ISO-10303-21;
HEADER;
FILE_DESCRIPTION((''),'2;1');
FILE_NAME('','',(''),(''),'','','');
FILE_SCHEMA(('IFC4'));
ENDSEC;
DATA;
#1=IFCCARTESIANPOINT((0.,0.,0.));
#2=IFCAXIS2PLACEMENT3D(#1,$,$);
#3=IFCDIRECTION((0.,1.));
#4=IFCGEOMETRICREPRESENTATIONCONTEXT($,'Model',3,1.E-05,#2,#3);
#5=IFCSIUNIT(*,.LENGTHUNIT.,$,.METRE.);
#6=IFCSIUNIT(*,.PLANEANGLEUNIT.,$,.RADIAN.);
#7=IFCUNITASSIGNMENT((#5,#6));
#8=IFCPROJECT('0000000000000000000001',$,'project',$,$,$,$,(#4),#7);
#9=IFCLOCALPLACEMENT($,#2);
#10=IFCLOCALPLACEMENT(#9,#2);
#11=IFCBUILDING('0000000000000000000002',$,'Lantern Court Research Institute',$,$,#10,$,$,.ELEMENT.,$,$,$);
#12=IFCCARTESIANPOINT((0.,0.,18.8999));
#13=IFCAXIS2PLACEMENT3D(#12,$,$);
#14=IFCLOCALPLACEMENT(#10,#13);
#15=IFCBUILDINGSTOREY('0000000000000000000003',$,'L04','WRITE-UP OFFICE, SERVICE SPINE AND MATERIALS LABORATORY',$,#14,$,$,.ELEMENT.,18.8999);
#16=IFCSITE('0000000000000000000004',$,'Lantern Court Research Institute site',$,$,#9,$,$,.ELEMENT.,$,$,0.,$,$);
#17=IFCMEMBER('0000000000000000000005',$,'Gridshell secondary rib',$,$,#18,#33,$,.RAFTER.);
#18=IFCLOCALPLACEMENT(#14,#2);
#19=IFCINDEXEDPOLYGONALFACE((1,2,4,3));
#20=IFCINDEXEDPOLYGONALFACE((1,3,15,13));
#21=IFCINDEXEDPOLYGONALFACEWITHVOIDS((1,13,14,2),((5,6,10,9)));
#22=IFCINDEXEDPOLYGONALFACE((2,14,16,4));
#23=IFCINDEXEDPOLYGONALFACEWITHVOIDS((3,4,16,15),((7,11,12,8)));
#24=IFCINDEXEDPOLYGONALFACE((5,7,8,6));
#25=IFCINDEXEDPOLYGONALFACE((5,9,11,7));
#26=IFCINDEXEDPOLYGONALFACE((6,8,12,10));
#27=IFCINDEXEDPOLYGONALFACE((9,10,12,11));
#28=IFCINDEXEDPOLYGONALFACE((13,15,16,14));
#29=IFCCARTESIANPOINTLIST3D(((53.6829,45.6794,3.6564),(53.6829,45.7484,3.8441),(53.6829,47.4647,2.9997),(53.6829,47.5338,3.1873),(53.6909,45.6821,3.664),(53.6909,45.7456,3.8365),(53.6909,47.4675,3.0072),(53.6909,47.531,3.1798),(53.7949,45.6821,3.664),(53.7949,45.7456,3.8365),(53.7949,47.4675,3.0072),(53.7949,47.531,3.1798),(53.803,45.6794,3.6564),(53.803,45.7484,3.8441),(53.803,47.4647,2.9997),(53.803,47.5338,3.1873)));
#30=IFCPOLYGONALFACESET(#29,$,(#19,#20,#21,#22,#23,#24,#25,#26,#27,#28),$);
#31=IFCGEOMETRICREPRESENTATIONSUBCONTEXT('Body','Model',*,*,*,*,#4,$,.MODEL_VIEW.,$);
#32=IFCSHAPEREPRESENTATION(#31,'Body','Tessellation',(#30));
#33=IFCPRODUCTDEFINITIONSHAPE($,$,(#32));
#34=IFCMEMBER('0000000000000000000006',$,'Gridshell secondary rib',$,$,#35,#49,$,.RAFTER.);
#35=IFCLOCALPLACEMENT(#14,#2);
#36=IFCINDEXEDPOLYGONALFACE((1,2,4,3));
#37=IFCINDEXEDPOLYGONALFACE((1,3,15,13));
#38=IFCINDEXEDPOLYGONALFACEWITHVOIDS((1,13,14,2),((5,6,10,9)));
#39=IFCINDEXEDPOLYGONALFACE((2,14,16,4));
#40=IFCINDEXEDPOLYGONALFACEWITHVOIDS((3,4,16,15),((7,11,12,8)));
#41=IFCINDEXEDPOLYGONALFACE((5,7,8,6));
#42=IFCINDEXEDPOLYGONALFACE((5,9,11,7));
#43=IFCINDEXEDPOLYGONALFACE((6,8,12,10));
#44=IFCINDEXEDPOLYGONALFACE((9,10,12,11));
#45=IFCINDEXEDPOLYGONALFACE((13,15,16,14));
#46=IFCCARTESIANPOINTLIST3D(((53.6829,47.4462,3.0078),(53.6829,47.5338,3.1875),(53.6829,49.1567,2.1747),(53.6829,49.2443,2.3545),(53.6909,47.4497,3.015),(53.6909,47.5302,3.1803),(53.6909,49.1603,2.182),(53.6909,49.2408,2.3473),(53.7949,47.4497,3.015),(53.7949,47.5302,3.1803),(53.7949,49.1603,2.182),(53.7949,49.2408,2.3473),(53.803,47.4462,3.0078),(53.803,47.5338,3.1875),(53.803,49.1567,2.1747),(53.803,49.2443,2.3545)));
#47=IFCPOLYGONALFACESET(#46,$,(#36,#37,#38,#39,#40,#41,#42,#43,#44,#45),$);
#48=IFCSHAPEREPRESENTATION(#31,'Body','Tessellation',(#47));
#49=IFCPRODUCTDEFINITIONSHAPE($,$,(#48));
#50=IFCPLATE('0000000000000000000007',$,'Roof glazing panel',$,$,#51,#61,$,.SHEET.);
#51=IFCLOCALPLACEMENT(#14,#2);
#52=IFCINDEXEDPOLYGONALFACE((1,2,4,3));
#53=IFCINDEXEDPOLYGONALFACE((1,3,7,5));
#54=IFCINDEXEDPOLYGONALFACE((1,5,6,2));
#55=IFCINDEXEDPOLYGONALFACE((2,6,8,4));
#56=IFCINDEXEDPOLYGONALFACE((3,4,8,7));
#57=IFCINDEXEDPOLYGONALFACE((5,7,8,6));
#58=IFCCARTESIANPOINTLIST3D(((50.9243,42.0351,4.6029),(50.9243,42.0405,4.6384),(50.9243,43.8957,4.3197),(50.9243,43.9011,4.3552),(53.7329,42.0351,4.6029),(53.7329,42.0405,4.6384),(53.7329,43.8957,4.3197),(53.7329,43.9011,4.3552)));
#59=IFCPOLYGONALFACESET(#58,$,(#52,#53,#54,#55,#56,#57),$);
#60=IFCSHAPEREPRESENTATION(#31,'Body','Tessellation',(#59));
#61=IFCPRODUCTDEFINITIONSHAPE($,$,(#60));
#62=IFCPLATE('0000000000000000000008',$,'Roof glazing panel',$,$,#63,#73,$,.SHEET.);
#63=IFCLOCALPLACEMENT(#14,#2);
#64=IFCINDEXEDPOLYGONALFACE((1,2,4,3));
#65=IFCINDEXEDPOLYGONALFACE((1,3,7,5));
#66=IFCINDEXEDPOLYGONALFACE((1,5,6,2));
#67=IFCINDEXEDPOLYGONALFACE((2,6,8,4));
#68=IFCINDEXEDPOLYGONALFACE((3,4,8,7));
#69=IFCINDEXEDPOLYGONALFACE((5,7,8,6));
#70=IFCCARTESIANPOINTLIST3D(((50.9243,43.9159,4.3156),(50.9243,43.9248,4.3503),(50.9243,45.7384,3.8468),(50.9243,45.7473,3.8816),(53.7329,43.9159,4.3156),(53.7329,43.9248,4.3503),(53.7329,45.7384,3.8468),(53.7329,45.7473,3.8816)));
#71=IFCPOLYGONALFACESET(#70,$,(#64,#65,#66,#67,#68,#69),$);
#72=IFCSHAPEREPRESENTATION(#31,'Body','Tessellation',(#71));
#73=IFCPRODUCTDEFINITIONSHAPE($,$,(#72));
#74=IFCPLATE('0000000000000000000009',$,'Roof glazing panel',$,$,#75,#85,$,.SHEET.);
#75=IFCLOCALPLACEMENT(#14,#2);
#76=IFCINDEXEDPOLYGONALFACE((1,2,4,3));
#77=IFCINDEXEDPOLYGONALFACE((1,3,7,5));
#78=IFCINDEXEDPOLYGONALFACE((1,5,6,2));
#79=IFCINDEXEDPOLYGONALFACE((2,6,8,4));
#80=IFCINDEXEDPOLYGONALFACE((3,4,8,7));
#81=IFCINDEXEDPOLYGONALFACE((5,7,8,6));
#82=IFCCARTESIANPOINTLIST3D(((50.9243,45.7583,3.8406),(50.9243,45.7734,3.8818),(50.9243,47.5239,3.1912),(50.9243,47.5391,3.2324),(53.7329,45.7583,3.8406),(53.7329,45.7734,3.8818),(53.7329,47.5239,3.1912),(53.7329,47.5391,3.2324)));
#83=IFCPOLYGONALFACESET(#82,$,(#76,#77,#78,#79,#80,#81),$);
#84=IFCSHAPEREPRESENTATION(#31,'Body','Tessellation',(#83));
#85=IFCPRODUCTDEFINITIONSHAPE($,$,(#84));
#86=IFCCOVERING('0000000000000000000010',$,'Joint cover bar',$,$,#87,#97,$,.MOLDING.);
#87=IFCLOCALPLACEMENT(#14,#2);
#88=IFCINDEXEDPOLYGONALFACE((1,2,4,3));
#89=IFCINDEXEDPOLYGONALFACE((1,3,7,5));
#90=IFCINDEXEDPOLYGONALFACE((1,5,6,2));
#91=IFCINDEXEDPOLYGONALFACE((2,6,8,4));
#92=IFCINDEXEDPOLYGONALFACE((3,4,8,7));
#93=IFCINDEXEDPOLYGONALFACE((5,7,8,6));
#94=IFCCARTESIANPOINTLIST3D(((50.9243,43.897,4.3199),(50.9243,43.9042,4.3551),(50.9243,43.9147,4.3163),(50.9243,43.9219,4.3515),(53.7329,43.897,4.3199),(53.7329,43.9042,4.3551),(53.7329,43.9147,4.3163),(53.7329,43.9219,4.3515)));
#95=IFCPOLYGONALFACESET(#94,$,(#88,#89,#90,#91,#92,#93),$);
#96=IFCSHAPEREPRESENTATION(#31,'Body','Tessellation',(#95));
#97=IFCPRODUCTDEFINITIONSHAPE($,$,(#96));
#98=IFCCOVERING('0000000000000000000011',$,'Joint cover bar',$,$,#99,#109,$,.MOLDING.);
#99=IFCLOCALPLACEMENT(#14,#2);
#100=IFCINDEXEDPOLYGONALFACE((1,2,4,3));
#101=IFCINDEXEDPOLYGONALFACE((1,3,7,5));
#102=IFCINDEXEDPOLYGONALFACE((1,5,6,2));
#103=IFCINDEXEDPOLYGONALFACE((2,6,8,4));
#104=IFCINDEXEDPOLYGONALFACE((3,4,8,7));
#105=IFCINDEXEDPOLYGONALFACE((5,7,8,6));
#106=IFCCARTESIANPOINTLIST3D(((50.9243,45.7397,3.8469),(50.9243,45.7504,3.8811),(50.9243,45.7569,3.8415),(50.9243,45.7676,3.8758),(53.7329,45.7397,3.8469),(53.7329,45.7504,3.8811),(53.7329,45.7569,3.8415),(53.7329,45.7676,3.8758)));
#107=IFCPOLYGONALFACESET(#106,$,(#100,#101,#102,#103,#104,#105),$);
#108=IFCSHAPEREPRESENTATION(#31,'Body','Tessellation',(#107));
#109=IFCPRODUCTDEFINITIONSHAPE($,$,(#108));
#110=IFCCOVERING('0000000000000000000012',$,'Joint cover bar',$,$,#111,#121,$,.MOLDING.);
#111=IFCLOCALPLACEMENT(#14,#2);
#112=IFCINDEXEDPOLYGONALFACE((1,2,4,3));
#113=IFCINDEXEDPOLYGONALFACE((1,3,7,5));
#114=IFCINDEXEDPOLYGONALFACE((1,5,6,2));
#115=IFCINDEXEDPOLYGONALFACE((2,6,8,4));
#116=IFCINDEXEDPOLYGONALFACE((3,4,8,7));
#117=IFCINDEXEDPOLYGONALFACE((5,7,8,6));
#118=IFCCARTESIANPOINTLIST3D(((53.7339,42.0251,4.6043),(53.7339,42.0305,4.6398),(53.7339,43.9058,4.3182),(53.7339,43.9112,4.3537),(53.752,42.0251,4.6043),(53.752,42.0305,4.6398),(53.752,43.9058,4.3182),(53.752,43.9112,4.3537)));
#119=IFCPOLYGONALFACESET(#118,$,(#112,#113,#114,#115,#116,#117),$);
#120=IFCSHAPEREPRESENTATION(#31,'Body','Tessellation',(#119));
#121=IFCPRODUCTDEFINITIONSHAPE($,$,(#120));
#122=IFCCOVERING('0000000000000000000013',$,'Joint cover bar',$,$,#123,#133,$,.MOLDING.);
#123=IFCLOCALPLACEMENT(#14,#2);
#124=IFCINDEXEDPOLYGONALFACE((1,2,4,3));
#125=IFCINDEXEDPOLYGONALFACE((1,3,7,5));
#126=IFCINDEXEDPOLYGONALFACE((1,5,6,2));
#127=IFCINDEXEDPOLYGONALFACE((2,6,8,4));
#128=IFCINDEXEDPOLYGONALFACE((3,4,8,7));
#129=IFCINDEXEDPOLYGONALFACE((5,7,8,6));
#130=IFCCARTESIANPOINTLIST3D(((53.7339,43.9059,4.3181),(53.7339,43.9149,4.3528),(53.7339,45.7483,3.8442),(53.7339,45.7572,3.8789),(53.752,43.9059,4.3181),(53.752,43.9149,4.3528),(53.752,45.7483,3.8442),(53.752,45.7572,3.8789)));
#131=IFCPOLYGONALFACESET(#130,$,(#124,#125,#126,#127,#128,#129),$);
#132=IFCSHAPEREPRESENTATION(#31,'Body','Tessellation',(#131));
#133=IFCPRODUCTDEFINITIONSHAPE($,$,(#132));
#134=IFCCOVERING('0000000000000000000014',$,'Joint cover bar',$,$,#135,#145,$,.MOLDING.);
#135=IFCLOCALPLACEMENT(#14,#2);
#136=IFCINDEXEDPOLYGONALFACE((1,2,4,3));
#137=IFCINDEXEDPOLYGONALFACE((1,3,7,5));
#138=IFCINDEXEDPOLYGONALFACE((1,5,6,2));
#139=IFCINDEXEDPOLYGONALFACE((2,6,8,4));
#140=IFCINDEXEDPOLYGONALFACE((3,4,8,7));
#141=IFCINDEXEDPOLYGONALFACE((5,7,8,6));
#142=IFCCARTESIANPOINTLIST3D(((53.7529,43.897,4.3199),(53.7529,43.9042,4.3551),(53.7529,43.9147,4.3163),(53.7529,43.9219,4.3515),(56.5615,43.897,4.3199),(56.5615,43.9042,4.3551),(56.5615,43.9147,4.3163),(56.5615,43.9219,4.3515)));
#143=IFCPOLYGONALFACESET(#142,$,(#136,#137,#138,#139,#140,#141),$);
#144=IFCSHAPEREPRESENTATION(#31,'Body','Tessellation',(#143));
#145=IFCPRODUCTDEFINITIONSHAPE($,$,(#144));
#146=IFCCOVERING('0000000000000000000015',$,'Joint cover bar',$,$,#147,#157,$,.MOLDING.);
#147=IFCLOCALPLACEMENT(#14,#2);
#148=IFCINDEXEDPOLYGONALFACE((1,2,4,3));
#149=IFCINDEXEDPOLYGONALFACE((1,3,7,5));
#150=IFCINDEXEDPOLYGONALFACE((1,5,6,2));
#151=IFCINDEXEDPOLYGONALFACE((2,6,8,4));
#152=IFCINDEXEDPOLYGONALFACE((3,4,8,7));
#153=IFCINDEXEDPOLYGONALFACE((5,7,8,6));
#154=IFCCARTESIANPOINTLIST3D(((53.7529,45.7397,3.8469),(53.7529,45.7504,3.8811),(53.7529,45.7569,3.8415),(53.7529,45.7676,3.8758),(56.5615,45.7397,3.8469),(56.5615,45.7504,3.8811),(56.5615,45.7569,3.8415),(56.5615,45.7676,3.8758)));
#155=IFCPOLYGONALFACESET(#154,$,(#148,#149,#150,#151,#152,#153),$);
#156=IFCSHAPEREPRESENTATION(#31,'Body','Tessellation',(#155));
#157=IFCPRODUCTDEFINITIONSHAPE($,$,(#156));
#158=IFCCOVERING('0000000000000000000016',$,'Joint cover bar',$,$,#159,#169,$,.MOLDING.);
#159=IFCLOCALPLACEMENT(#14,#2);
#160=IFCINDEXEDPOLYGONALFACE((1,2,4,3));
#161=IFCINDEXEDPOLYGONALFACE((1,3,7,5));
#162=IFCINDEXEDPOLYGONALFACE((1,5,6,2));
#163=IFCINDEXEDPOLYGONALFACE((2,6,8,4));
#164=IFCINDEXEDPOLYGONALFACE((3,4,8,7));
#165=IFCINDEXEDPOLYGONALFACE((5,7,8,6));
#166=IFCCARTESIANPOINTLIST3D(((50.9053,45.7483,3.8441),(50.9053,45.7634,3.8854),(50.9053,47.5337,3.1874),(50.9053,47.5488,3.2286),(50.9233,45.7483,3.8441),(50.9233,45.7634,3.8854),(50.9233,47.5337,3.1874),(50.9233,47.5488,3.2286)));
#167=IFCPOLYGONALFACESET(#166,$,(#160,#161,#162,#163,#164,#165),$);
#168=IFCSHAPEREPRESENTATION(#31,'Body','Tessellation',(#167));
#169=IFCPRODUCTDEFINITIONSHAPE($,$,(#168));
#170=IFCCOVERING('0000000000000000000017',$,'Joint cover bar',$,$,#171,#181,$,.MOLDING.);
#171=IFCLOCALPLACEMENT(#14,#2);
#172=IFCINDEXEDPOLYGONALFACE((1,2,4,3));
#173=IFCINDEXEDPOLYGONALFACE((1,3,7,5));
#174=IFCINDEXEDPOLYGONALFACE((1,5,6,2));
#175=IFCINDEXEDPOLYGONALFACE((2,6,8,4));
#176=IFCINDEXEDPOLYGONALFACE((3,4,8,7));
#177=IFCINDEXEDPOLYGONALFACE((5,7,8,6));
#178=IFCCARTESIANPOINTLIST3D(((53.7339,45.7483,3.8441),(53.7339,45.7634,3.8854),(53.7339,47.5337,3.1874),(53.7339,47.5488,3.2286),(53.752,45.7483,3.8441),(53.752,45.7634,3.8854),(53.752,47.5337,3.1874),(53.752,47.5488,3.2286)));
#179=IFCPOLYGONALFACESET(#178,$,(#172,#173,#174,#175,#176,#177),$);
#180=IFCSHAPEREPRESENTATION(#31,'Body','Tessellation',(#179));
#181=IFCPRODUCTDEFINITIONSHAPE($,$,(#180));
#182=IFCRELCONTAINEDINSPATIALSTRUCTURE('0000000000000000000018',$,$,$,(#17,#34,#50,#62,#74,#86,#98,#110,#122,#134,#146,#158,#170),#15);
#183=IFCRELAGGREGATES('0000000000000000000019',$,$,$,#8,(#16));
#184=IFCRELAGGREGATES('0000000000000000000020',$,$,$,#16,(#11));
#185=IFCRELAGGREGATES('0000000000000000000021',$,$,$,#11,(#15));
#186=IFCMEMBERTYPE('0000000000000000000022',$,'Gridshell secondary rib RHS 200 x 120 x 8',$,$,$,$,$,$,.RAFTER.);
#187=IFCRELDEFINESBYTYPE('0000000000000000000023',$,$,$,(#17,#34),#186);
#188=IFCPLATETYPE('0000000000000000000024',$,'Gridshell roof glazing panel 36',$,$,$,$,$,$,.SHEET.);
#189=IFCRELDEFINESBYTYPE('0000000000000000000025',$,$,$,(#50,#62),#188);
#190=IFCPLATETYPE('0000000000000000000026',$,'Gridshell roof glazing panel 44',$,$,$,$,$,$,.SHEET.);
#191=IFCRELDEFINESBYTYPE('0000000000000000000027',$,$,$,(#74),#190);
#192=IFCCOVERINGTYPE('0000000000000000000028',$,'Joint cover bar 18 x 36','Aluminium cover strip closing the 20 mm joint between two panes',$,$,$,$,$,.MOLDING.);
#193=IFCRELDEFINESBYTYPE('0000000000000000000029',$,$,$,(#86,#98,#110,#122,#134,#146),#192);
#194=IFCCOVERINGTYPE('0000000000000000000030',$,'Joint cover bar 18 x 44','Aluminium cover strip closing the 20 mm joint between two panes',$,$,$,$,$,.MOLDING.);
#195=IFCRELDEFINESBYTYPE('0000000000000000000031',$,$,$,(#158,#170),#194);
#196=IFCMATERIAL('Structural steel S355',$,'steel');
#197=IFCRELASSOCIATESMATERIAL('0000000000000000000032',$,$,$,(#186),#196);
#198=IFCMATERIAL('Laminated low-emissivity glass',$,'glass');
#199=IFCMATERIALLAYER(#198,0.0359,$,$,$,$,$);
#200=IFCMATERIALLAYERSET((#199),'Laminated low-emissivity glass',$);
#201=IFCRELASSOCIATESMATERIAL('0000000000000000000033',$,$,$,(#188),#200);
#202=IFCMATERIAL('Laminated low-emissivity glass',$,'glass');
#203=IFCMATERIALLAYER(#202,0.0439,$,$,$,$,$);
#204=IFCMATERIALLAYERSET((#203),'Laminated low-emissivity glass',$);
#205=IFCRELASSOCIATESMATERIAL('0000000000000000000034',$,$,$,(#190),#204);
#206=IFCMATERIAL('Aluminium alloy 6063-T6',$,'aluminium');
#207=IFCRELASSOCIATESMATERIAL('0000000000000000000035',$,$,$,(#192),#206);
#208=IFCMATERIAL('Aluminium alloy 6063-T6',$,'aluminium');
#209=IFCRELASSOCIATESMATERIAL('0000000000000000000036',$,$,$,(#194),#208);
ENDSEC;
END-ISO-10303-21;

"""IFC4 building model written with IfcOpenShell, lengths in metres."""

from ifc_helpers import new_model, si_unit, direction, frame, origin, origin_2d, place, context, subcontext, project, spatial, polyline, rectangle, hollow_rectangle, outline, extrude, material, layer, layer_set, material_profile, profile_set, type_object, element, save


model = new_model("IFC4")

# Units and contexts
model_context = context("Model", 3, precision=1e-05, world=origin(), true_north=direction((0.0, 1.0)))
body_context = subcontext(model_context, "Body", "Model", "MODEL_VIEW")
ifc_project = project(units=[si_unit("LENGTHUNIT", "METRE"), si_unit("PLANEANGLEUNIT", "RADIAN")], contexts=[model_context])

# Site, building, storey
site_placement = place(None, origin())
site = spatial("IfcSite", under=ifc_project, at=site_placement, Name="Lantern Court Research Institute site", CompositionType="ELEMENT", RefElevation=0.0)
building_placement = place(site_placement, origin())
building = spatial("IfcBuilding", under=site, at=building_placement, Name="Lantern Court Research Institute", CompositionType="ELEMENT")
storey_placement = place(building_placement, frame((0.0, 0.0, 18.8999)))
storey = spatial("IfcBuildingStorey", under=building, at=storey_placement, Name="L04", Description="WRITE-UP OFFICE, SERVICE SPINE AND MATERIALS LABORATORY", CompositionType="ELEMENT", Elevation=18.8999)

# Members
ifc_material_1 = material(Name="Structural steel S355", Category="steel")
ifc_material_profile_1 = material_profile(ifc_material_1, hollow_rectangle(XDim=0.1201, YDim=0.2, WallThickness=0.0081, at=origin_2d()), Name="Gridshell secondary rib RHS 200 x 120 x 8")
ifc_profile_set_1 = profile_set([ifc_material_profile_1], Name="Structural steel S355")
member_type_1 = type_object("IfcMemberType", Name="Gridshell secondary rib RHS 200 x 120 x 8", PredefinedType="RAFTER", material=ifc_profile_set_1)
member_1_placement = place(storey_placement, frame((53.7429, 45.7139, 3.7502), z_axis=(0.0, 0.93852, -0.345224), x_axis=(-1.0, 0.0, 0.0)))
element("IfcMember", 1, at=member_1_placement, inside=storey, type_object=member_type_1, Name="Gridshell secondary rib", PredefinedType="RAFTER", context=body_context, shape_type="SweptSolid", body=[
    extrude(hollow_rectangle(XDim=0.1201, YDim=0.2, WallThickness=0.0081, at=origin_2d()), origin(), (0.0, 0.0, 1.0), 1.9023),
])
member_2_placement = place(storey_placement, frame((53.7429, 47.49, 3.0977), z_axis=(0.0, 0.899049, -0.437847), x_axis=(-1.0, 0.0, 0.0)))
element("IfcMember", 2, at=member_2_placement, inside=storey, type_object=member_type_1, Name="Gridshell secondary rib", PredefinedType="RAFTER", context=body_context, shape_type="SweptSolid", body=[
    extrude(hollow_rectangle(XDim=0.1201, YDim=0.2, WallThickness=0.0081, at=origin_2d()), origin(), (0.0, 0.0, 1.0), 1.9026),
])

# Plates
ifc_material_2 = material(Name="Laminated low-emissivity glass", Category="glass")
ifc_layer_1 = layer(ifc_material_2, 0.0359)
ifc_layer_set_1 = layer_set([ifc_layer_1], Name="Laminated low-emissivity glass")
plate_type_1 = type_object("IfcPlateType", Name="Gridshell roof glazing panel 36", PredefinedType="SHEET", material=ifc_layer_set_1)
plate_1_placement = place(storey_placement, frame((53.7329, 42.0405, 4.6384), z_axis=(0.0, 0.150478, 0.988613), x_axis=(-1.0, 0.0, 0.0)))
element("IfcPlate", 3, at=plate_1_placement, inside=storey, type_object=plate_type_1, Name="Roof glazing panel", PredefinedType="SHEET", context=body_context, shape_type="SweptSolid", body=[
    extrude(outline(polyline([(0.0, 0.0), (2.8086, 0.0), (2.8086, -1.882), (0.0, -1.882), (0.0, 0.0)])), origin(), (0.0, 0.0, -1.0), 0.0359),
])
plate_2_placement = place(storey_placement, frame((53.7329, 43.9248, 4.3503), z_axis=(0.0, 0.249093, 0.96848), x_axis=(-1.0, 0.0, 0.0)))
element("IfcPlate", 4, at=plate_2_placement, inside=storey, type_object=plate_type_1, Name="Roof glazing panel", PredefinedType="SHEET", context=body_context, shape_type="SweptSolid", body=[
    extrude(outline(polyline([(0.0, 0.0), (2.8086, 0.0), (2.8086, -1.8818), (0.0, -1.8818), (0.0, 0.0)])), origin(), (0.0, 0.0, -1.0), 0.0359),
])
ifc_material_3 = material(Name="Laminated low-emissivity glass", Category="glass")
ifc_layer_2 = layer(ifc_material_3, 0.0439)
ifc_layer_set_2 = layer_set([ifc_layer_2], Name="Laminated low-emissivity glass")
plate_type_2 = type_object("IfcPlateType", Name="Gridshell roof glazing panel 44", PredefinedType="SHEET", material=ifc_layer_set_2)
plate_3_placement = place(storey_placement, frame((53.7329, 45.7734, 3.8818), z_axis=(0.0, 0.3452, 0.938529), x_axis=(-1.0, 0.0, 0.0)))
element("IfcPlate", 5, at=plate_3_placement, inside=storey, type_object=plate_type_2, Name="Roof glazing panel", PredefinedType="SHEET", context=body_context, shape_type="SweptSolid", body=[
    extrude(outline(polyline([(0.0, 0.0), (2.8086, 0.0), (2.8086, -1.8813), (0.0, -1.8813), (0.0, 0.0)])), origin(), (0.0, 0.0, -1.0), 0.0439),
])

# Coverings
ifc_material_4 = material(Name="Aluminium alloy 6063-T6", Category="aluminium")
ifc_material_profile_2 = material_profile(ifc_material_4, rectangle(XDim=0.0181, YDim=0.0359, at=origin_2d()), Name="Joint cover bar 18 x 36")
ifc_profile_set_2 = profile_set([ifc_material_profile_2], Name="Aluminium alloy 6063-T6")
covering_type_1 = type_object("IfcCoveringType", Name="Joint cover bar 18 x 36", Description="Aluminium cover strip closing the 20 mm joint between two panes", PredefinedType="MOLDING", material=ifc_profile_set_2)
for number, where, z_axis, x_axis, name in (
    (6, (50.9243, 43.9094, 4.3357), (1.0, 0.0, 0.0), (0.0, 0.979787, -0.200043), "Joint cover bar"),
    (7, (50.9243, 45.7537, 3.8613), (1.0, 0.0, 0.0), (0.0, 0.954713, -0.297528), "Joint cover bar"),
):
    element("IfcCovering", number, at=place(storey_placement, frame(where, z_axis=z_axis, x_axis=x_axis)), inside=storey, type_object=covering_type_1, Name=name, PredefinedType="MOLDING", context=body_context, shape_type="SweptSolid", body=[
        extrude(rectangle(XDim=0.0181, YDim=0.0359, at=origin_2d()), origin(), (0.0, 0.0, 1.0), 2.8086),
    ])
for number, where, z_axis, x_axis, name in (
    (8, (53.7429, 42.0278, 4.6221), (0.0, 0.988623, -0.150417), (-1.0, 0.0, 0.0), "Joint cover bar"),
    (9, (53.7429, 43.9104, 4.3354), (0.0, 0.968474, -0.249113), (-1.0, 0.0, 0.0), "Joint cover bar"),
):
    element("IfcCovering", number, at=place(storey_placement, frame(where, z_axis=z_axis, x_axis=x_axis)), inside=storey, type_object=covering_type_1, Name=name, PredefinedType="MOLDING", context=body_context, shape_type="SweptSolid", body=[
        extrude(rectangle(XDim=0.0181, YDim=0.0359, at=origin_2d()), origin(), (0.0, 0.0, 1.0), 1.9023),
    ])
for number, where, z_axis, x_axis, name in (
    (10, (53.7529, 43.9094, 4.3357), (1.0, 0.0, 0.0), (0.0, 0.979787, -0.200043), "Joint cover bar"),
    (11, (53.7529, 45.7537, 3.8613), (1.0, 0.0, 0.0), (0.0, 0.954713, -0.297528), "Joint cover bar"),
):
    element("IfcCovering", number, at=place(storey_placement, frame(where, z_axis=z_axis, x_axis=x_axis)), inside=storey, type_object=covering_type_1, Name=name, PredefinedType="MOLDING", context=body_context, shape_type="SweptSolid", body=[
        extrude(rectangle(XDim=0.0181, YDim=0.0359, at=origin_2d()), origin(), (0.0, 0.0, 1.0), 2.8086),
    ])
ifc_material_5 = material(Name="Aluminium alloy 6063-T6", Category="aluminium")
ifc_material_profile_3 = material_profile(ifc_material_5, rectangle(XDim=0.0181, YDim=0.0439, at=origin_2d()), Name="Joint cover bar 18 x 44")
ifc_profile_set_3 = profile_set([ifc_material_profile_3], Name="Aluminium alloy 6063-T6")
covering_type_2 = type_object("IfcCoveringType", Name="Joint cover bar 18 x 44", Description="Aluminium cover strip closing the 20 mm joint between two panes", PredefinedType="MOLDING", material=ifc_profile_set_3)
for number, where, z_axis, x_axis, name in (
    (12, (50.9143, 45.7559, 3.8647), (0.0, 0.93852, -0.345224), (-1.0, 0.0, 0.0), "Joint cover bar"),
    (13, (53.7429, 45.7559, 3.8647), (0.0, 0.93852, -0.345224), (-1.0, 0.0, 0.0), "Joint cover bar"),
):
    element("IfcCovering", number, at=place(storey_placement, frame(where, z_axis=z_axis, x_axis=x_axis)), inside=storey, type_object=covering_type_2, Name=name, PredefinedType="MOLDING", context=body_context, shape_type="SweptSolid", body=[
        extrude(rectangle(XDim=0.0181, YDim=0.0439, at=origin_2d()), origin(), (0.0, 0.0, 1.0), 1.9023),
    ])

save(model, "model.ifc")
